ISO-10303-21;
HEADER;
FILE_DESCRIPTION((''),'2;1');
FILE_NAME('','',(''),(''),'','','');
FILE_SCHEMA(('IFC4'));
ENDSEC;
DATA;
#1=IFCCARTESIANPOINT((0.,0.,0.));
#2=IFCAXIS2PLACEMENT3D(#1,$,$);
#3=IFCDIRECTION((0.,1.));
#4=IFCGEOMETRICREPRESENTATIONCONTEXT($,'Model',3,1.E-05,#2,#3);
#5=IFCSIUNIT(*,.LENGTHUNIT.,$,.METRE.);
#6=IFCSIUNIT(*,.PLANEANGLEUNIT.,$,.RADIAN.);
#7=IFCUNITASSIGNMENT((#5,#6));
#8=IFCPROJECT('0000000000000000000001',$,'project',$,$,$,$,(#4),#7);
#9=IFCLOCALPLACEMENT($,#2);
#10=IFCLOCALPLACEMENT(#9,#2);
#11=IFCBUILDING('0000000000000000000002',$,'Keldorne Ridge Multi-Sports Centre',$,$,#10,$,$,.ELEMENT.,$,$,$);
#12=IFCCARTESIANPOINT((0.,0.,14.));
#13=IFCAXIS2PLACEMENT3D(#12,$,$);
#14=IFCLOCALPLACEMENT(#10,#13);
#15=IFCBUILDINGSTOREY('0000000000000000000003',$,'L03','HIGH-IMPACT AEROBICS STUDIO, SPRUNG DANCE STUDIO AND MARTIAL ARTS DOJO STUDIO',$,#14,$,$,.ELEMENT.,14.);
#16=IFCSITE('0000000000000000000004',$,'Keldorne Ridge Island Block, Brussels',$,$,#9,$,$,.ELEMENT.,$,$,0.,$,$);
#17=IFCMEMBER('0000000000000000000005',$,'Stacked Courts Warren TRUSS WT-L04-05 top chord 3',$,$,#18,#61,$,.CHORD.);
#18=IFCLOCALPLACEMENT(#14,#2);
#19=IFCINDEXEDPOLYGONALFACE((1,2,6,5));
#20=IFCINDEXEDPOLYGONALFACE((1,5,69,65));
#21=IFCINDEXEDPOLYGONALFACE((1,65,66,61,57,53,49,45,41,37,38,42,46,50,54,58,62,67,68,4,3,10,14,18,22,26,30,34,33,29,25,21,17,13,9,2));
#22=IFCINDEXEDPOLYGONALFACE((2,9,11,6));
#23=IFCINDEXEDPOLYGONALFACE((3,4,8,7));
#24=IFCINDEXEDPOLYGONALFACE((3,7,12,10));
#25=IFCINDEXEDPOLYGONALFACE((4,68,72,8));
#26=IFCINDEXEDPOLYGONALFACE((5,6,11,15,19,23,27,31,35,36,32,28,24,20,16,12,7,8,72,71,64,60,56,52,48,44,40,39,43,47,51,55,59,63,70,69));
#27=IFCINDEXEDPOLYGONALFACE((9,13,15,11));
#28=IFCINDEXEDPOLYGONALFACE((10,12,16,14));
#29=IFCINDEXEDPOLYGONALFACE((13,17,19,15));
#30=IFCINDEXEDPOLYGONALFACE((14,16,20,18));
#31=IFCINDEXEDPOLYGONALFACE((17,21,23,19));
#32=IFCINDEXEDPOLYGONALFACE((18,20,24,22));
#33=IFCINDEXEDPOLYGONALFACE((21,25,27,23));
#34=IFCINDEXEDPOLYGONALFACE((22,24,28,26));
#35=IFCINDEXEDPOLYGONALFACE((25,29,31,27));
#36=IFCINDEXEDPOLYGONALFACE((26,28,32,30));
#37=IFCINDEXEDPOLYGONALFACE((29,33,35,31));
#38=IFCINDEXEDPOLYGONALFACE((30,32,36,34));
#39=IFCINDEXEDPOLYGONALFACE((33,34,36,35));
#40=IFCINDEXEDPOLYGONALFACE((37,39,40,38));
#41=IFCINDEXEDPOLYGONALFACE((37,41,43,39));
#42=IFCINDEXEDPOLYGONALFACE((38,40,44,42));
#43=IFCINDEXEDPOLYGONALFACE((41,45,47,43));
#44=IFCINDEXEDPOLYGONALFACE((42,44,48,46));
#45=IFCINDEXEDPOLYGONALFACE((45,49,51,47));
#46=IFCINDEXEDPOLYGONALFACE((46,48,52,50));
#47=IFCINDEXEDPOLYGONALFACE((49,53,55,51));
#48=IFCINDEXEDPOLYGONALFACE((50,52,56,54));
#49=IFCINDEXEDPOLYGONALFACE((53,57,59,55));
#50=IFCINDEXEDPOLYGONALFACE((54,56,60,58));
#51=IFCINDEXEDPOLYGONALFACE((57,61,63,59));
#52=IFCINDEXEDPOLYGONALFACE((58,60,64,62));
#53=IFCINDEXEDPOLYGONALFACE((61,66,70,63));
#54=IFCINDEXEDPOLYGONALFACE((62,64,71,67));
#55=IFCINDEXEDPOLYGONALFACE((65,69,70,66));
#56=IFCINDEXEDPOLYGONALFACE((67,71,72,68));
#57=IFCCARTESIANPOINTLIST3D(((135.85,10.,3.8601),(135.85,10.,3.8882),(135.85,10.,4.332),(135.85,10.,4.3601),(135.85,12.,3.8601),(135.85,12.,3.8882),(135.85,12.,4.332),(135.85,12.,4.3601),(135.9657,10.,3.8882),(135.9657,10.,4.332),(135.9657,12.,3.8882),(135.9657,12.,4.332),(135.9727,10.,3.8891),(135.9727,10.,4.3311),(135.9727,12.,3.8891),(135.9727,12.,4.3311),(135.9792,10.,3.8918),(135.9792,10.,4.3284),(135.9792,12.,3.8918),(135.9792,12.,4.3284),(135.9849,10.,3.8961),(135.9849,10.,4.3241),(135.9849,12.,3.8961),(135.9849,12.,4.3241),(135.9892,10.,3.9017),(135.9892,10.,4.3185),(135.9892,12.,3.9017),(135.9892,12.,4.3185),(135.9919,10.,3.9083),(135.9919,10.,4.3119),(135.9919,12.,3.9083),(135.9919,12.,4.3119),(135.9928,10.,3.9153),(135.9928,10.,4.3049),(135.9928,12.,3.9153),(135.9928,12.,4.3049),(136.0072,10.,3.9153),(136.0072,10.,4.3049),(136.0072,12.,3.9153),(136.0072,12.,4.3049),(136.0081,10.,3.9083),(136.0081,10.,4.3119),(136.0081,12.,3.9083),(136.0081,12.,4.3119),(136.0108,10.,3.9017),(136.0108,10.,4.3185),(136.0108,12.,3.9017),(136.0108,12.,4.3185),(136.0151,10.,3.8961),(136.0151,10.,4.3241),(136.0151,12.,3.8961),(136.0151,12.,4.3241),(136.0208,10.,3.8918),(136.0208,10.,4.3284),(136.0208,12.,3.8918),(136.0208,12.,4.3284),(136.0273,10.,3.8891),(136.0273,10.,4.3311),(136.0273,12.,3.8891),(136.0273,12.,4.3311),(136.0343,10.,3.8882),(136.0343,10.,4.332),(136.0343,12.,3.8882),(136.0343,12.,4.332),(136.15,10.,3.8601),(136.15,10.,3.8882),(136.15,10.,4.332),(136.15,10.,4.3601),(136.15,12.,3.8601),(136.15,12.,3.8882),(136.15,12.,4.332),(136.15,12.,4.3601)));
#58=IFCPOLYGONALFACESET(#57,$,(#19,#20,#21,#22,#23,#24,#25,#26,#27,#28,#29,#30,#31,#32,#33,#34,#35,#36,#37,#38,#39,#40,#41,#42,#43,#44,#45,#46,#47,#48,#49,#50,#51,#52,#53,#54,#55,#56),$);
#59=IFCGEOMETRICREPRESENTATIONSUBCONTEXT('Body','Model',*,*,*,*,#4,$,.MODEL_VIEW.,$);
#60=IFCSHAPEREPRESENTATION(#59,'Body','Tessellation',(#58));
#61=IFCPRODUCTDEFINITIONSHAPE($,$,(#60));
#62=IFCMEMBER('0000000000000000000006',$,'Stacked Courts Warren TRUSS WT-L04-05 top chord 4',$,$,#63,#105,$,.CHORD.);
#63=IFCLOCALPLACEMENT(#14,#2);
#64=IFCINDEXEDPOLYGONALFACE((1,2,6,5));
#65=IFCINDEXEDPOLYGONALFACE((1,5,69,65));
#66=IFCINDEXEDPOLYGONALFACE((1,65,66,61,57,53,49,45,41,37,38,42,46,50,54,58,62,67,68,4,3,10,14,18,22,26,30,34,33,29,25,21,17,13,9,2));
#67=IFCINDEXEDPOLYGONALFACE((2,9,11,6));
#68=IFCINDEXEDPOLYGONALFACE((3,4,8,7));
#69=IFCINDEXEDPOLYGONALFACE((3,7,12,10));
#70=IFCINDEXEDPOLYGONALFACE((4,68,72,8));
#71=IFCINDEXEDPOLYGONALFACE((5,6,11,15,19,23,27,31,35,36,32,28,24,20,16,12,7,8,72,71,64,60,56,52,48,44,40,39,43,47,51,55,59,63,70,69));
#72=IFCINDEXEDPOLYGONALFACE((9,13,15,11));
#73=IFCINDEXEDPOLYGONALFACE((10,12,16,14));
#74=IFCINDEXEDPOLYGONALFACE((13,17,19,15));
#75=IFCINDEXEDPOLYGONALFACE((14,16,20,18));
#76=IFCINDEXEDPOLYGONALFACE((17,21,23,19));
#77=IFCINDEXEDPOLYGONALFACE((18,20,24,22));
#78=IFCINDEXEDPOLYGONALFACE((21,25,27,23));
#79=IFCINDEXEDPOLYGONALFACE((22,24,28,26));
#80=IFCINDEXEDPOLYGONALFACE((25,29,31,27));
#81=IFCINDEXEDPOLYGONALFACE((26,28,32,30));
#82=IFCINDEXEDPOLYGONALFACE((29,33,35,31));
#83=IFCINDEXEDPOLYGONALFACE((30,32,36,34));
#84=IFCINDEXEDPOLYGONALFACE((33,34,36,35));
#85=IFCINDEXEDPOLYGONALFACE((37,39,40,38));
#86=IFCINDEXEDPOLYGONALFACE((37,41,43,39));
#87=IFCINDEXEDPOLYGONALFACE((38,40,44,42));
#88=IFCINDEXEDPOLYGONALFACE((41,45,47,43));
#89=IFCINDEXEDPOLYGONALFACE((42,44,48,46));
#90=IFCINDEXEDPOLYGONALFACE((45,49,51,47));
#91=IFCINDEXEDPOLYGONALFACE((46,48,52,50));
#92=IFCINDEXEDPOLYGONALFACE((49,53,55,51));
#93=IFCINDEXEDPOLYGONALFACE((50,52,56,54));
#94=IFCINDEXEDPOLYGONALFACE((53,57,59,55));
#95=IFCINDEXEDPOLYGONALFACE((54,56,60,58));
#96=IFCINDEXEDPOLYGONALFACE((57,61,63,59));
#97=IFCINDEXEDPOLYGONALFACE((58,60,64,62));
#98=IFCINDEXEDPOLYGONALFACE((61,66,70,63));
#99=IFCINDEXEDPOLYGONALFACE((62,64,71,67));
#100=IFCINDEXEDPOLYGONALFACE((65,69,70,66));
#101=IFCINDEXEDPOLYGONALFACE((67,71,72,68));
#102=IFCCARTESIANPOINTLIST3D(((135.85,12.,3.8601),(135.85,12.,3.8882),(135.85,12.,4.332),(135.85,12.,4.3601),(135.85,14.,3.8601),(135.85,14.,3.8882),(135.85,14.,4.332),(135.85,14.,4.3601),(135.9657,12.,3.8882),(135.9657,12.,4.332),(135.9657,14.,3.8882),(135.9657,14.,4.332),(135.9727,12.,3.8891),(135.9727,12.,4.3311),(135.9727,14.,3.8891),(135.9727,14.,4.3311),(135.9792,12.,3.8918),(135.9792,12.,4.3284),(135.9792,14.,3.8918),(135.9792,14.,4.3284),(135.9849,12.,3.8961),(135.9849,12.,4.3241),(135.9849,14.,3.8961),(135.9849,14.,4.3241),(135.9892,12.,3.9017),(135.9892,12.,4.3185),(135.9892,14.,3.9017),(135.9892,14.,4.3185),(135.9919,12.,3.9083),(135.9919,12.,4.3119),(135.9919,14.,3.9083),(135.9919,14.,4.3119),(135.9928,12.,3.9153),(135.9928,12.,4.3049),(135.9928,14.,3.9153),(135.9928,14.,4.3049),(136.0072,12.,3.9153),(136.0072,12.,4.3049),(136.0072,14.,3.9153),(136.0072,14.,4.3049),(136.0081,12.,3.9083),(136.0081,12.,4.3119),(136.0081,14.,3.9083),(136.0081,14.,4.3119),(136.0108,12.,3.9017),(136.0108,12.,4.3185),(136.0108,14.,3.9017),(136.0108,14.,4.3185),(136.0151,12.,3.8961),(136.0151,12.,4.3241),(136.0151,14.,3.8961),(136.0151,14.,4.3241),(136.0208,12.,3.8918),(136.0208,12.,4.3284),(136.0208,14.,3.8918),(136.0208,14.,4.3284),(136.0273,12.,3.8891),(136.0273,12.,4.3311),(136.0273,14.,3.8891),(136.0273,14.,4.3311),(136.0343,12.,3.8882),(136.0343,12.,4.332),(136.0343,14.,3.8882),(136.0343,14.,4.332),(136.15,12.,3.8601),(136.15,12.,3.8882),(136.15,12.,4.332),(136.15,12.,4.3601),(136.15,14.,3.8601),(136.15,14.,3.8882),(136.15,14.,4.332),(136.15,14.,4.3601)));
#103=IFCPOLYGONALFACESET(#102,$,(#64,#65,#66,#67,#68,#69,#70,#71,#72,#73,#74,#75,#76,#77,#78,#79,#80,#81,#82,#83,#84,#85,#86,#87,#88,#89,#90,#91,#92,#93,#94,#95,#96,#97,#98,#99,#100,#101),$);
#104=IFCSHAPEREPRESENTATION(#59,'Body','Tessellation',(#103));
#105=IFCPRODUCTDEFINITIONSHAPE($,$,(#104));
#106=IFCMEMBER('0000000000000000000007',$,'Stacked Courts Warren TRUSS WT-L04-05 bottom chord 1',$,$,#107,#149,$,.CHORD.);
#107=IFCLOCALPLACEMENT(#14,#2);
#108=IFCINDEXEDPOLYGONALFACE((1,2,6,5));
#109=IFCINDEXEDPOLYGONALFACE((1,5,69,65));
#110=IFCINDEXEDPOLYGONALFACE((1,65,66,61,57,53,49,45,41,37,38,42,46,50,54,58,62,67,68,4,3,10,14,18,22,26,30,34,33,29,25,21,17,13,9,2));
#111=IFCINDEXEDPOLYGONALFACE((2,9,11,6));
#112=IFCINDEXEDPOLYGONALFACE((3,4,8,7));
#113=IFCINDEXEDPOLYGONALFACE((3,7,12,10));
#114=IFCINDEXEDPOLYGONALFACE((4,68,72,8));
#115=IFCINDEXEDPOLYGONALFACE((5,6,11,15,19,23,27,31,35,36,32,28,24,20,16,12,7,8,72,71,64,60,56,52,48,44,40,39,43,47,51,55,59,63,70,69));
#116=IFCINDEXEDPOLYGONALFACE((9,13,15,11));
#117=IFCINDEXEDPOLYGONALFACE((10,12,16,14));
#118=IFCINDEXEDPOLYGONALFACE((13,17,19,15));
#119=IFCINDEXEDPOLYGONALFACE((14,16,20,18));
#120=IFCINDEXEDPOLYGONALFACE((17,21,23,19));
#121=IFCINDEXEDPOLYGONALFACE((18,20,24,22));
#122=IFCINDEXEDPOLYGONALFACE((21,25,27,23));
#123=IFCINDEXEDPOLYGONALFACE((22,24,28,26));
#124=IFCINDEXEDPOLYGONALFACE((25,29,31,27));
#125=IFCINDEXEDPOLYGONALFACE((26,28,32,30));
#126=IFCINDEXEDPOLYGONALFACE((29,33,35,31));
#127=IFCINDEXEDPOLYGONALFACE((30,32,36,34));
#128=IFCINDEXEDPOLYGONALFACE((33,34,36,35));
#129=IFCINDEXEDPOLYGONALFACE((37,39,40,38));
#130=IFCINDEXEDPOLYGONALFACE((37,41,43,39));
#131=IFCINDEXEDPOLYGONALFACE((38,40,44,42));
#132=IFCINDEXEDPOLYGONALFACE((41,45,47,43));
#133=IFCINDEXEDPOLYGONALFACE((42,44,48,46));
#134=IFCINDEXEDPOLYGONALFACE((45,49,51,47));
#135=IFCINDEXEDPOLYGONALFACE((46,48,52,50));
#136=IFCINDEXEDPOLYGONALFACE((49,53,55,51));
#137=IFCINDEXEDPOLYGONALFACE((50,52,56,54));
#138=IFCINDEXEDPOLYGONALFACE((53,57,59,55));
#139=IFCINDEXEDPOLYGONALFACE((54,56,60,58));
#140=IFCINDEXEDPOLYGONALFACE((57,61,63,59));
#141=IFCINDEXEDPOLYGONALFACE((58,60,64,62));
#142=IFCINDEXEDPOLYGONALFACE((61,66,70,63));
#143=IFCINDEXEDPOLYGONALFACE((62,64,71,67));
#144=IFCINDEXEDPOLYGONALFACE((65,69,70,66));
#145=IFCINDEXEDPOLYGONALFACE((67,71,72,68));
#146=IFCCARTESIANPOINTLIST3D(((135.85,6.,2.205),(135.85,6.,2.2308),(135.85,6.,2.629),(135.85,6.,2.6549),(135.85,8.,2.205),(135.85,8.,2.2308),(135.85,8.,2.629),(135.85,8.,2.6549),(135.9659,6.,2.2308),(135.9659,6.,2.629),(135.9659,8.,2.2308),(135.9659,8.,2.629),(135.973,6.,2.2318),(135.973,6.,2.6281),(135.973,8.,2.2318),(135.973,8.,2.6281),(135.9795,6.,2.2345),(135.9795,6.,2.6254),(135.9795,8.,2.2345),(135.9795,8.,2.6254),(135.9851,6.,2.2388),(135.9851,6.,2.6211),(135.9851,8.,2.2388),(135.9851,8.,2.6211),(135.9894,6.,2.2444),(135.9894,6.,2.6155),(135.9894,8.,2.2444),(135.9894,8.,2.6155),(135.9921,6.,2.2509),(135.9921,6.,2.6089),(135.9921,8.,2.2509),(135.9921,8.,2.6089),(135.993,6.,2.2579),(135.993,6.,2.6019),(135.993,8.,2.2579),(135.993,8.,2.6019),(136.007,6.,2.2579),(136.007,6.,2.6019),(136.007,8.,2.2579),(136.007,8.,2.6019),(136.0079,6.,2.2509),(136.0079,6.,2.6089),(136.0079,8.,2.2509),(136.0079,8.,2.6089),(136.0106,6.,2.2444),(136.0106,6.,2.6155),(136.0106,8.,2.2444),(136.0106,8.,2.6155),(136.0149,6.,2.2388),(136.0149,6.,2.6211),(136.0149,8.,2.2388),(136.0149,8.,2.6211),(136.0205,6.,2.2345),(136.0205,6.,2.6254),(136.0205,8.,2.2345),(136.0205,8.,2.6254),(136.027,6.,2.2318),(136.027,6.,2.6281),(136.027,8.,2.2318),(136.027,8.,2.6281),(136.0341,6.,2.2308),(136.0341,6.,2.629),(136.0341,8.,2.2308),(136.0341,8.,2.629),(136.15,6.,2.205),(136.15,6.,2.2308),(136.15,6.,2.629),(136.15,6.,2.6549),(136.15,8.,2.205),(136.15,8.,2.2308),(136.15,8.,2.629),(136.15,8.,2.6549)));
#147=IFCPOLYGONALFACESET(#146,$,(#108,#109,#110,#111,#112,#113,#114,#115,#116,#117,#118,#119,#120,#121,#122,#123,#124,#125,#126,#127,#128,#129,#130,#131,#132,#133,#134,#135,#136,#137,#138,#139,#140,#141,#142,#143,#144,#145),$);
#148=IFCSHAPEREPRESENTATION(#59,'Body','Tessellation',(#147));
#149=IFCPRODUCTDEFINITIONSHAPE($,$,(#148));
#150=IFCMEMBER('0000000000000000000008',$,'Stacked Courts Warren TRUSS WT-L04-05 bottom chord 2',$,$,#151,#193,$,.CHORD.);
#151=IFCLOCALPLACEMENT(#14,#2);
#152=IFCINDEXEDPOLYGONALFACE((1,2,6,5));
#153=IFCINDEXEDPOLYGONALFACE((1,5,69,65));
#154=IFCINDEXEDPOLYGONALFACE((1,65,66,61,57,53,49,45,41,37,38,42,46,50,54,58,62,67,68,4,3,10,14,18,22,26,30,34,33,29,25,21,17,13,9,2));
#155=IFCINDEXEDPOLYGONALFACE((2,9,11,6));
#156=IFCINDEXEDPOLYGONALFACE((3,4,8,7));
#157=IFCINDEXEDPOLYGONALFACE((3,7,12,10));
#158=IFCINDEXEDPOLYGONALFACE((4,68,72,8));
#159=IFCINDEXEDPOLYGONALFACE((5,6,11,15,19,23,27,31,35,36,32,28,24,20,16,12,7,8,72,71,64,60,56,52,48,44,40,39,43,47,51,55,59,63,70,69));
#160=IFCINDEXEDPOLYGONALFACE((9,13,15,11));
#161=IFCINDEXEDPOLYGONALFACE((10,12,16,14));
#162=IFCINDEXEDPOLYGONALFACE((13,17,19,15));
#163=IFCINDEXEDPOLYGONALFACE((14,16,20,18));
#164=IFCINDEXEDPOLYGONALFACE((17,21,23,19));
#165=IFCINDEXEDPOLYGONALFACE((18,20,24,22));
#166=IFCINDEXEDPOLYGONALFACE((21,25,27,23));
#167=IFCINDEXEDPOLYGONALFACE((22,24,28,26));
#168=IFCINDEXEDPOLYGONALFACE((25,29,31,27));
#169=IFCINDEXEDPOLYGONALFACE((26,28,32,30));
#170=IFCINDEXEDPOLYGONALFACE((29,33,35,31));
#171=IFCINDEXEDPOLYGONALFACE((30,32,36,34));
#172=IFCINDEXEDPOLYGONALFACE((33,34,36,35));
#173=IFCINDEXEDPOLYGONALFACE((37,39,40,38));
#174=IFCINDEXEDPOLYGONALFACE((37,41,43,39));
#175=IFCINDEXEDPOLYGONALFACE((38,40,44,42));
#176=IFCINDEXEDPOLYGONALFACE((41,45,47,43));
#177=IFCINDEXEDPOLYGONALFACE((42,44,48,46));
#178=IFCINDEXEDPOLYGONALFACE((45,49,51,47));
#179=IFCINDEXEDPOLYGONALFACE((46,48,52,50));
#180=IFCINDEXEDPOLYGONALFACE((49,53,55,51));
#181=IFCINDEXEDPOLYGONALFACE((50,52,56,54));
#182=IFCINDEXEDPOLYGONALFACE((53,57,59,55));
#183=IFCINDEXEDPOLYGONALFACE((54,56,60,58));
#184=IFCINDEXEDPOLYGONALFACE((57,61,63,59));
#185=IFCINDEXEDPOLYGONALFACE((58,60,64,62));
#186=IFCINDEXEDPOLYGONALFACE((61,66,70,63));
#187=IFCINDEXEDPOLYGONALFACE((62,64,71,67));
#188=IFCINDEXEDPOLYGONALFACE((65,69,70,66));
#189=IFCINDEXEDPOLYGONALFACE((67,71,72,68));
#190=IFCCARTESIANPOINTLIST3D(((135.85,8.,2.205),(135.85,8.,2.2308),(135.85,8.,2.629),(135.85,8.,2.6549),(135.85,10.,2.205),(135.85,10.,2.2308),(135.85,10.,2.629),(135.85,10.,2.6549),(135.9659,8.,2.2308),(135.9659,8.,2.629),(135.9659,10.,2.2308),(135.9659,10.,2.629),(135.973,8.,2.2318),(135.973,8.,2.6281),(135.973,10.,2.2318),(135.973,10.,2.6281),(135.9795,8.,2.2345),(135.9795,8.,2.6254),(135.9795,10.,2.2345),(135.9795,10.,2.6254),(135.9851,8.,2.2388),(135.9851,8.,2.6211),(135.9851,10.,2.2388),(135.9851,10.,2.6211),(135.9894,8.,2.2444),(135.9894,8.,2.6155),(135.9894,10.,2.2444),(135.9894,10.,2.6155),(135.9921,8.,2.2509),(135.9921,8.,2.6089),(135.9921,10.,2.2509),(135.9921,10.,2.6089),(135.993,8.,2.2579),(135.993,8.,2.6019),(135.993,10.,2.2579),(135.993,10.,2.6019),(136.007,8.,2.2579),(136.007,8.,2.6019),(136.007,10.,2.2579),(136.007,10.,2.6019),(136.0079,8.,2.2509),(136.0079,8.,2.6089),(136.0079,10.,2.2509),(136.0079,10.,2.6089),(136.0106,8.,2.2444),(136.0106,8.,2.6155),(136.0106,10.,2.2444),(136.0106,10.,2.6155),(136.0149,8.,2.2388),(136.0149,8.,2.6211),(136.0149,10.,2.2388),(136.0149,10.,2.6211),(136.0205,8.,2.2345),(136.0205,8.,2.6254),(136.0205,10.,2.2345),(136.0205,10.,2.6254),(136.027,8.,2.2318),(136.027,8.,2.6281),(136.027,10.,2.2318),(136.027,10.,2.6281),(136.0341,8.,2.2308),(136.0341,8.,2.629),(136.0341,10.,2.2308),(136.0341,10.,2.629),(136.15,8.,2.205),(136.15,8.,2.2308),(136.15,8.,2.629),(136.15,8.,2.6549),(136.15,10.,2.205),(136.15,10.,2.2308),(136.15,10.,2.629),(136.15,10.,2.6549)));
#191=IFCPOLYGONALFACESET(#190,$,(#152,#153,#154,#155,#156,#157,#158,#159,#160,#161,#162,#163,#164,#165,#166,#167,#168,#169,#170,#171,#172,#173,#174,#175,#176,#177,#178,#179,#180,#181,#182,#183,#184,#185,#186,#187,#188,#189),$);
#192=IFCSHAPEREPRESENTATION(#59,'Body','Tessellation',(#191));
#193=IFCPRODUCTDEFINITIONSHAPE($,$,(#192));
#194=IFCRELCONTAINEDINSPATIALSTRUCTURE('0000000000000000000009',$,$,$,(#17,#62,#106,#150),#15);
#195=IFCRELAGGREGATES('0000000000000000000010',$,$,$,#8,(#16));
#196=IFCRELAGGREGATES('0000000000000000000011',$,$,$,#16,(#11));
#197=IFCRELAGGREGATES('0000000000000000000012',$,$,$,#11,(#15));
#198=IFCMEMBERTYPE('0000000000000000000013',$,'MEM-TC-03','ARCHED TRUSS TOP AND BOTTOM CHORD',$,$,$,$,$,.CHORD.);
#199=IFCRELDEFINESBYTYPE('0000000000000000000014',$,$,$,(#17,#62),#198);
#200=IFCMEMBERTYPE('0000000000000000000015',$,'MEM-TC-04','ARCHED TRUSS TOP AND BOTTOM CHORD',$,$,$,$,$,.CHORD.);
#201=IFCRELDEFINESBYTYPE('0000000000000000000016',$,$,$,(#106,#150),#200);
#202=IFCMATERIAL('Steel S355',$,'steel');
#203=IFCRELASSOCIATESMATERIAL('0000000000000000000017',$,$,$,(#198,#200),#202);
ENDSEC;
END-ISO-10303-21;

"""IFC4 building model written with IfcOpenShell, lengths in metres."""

from ifc_helpers import new_model, si_unit, direction, frame, origin, origin_2d, place, context, subcontext, project, spatial, i_section, extrude, material, material_profile, profile_set, type_object, element, save


model = new_model("IFC4")

# Units and contexts
model_context = context("Model", 3, precision=1e-05, world=origin(), true_north=direction((0.0, 1.0)))
body_context = subcontext(model_context, "Body", "Model", "MODEL_VIEW")
ifc_project = project(units=[si_unit("LENGTHUNIT", "METRE"), si_unit("PLANEANGLEUNIT", "RADIAN")], contexts=[model_context])

# Site, building, storey
site_placement = place(None, origin())
site = spatial("IfcSite", under=ifc_project, at=site_placement, Name="Keldorne Ridge Island Block, Brussels", CompositionType="ELEMENT", RefElevation=0.0)
building_placement = place(site_placement, origin())
building = spatial("IfcBuilding", under=site, at=building_placement, Name="Keldorne Ridge Multi-Sports Centre", CompositionType="ELEMENT")
storey_placement = place(building_placement, frame((0.0, 0.0, 14.0)))
storey = spatial("IfcBuildingStorey", under=building, at=storey_placement, Name="L03", Description="HIGH-IMPACT AEROBICS STUDIO, SPRUNG DANCE STUDIO AND MARTIAL ARTS DOJO STUDIO", CompositionType="ELEMENT", Elevation=14.0)

# Shared definitions
ifc_material_1 = material(Name="Steel S355", Category="steel")

# Members
ifc_material_profile_1 = material_profile(ifc_material_1, i_section(OverallWidth=0.3, OverallDepth=0.5, WebThickness=0.0144, FlangeThickness=0.0281, FilletRadius=0.0271, at=origin_2d()), Name="HEB 500")
ifc_profile_set_1 = profile_set([ifc_material_profile_1], Name="Steel S355")
member_type_1 = type_object("IfcMemberType", Name="MEM-TC-03", Description="ARCHED TRUSS TOP AND BOTTOM CHORD", PredefinedType="CHORD", material=ifc_profile_set_1)
for number, where, z_axis, x_axis, name in (
    (1, (136.0, 10.0, 4.1101), (0.0, 1.0, 0.0), (-1.0, 0.0, 0.0), "Stacked Courts Warren TRUSS WT-L04-05 top chord 3"),
    (2, (136.0, 12.0, 4.1101), (0.0, 1.0, 0.0), (-1.0, 0.0, 0.0), "Stacked Courts Warren TRUSS WT-L04-05 top chord 4"),
):
    element("IfcMember", number, at=place(storey_placement, frame(where, z_axis=z_axis, x_axis=x_axis)), inside=storey, type_object=member_type_1, Name=name, PredefinedType="CHORD", context=body_context, shape_type="SweptSolid", body=[
        extrude(i_section(OverallWidth=0.3, OverallDepth=0.5, WebThickness=0.0144, FlangeThickness=0.0281, FilletRadius=0.0271, at=origin_2d()), origin(), (0.0, 0.0, 1.0), 2.0),
    ])
ifc_material_profile_2 = material_profile(ifc_material_1, i_section(OverallWidth=0.3, OverallDepth=0.45, WebThickness=0.0139, FlangeThickness=0.0259, FilletRadius=0.0271, at=origin_2d()), Name="HEB 450")
ifc_profile_set_2 = profile_set([ifc_material_profile_2], Name="Steel S355")
member_type_2 = type_object("IfcMemberType", Name="MEM-TC-04", Description="ARCHED TRUSS TOP AND BOTTOM CHORD", PredefinedType="CHORD", material=ifc_profile_set_2)
for number, where, z_axis, x_axis, name in (
    (3, (136.0, 6.0, 2.4299), (0.0, 1.0, 0.0), (-1.0, 0.0, 0.0), "Stacked Courts Warren TRUSS WT-L04-05 bottom chord 1"),
    (4, (136.0, 8.0, 2.4299), (0.0, 1.0, 0.0), (-1.0, 0.0, 0.0), "Stacked Courts Warren TRUSS WT-L04-05 bottom chord 2"),
):
    element("IfcMember", number, at=place(storey_placement, frame(where, z_axis=z_axis, x_axis=x_axis)), inside=storey, type_object=member_type_2, Name=name, PredefinedType="CHORD", context=body_context, shape_type="SweptSolid", body=[
        extrude(i_section(OverallWidth=0.3, OverallDepth=0.45, WebThickness=0.0139, FlangeThickness=0.0259, FilletRadius=0.0271, at=origin_2d()), origin(), (0.0, 0.0, 1.0), 2.0),
    ])

save(model, "model.ifc")
